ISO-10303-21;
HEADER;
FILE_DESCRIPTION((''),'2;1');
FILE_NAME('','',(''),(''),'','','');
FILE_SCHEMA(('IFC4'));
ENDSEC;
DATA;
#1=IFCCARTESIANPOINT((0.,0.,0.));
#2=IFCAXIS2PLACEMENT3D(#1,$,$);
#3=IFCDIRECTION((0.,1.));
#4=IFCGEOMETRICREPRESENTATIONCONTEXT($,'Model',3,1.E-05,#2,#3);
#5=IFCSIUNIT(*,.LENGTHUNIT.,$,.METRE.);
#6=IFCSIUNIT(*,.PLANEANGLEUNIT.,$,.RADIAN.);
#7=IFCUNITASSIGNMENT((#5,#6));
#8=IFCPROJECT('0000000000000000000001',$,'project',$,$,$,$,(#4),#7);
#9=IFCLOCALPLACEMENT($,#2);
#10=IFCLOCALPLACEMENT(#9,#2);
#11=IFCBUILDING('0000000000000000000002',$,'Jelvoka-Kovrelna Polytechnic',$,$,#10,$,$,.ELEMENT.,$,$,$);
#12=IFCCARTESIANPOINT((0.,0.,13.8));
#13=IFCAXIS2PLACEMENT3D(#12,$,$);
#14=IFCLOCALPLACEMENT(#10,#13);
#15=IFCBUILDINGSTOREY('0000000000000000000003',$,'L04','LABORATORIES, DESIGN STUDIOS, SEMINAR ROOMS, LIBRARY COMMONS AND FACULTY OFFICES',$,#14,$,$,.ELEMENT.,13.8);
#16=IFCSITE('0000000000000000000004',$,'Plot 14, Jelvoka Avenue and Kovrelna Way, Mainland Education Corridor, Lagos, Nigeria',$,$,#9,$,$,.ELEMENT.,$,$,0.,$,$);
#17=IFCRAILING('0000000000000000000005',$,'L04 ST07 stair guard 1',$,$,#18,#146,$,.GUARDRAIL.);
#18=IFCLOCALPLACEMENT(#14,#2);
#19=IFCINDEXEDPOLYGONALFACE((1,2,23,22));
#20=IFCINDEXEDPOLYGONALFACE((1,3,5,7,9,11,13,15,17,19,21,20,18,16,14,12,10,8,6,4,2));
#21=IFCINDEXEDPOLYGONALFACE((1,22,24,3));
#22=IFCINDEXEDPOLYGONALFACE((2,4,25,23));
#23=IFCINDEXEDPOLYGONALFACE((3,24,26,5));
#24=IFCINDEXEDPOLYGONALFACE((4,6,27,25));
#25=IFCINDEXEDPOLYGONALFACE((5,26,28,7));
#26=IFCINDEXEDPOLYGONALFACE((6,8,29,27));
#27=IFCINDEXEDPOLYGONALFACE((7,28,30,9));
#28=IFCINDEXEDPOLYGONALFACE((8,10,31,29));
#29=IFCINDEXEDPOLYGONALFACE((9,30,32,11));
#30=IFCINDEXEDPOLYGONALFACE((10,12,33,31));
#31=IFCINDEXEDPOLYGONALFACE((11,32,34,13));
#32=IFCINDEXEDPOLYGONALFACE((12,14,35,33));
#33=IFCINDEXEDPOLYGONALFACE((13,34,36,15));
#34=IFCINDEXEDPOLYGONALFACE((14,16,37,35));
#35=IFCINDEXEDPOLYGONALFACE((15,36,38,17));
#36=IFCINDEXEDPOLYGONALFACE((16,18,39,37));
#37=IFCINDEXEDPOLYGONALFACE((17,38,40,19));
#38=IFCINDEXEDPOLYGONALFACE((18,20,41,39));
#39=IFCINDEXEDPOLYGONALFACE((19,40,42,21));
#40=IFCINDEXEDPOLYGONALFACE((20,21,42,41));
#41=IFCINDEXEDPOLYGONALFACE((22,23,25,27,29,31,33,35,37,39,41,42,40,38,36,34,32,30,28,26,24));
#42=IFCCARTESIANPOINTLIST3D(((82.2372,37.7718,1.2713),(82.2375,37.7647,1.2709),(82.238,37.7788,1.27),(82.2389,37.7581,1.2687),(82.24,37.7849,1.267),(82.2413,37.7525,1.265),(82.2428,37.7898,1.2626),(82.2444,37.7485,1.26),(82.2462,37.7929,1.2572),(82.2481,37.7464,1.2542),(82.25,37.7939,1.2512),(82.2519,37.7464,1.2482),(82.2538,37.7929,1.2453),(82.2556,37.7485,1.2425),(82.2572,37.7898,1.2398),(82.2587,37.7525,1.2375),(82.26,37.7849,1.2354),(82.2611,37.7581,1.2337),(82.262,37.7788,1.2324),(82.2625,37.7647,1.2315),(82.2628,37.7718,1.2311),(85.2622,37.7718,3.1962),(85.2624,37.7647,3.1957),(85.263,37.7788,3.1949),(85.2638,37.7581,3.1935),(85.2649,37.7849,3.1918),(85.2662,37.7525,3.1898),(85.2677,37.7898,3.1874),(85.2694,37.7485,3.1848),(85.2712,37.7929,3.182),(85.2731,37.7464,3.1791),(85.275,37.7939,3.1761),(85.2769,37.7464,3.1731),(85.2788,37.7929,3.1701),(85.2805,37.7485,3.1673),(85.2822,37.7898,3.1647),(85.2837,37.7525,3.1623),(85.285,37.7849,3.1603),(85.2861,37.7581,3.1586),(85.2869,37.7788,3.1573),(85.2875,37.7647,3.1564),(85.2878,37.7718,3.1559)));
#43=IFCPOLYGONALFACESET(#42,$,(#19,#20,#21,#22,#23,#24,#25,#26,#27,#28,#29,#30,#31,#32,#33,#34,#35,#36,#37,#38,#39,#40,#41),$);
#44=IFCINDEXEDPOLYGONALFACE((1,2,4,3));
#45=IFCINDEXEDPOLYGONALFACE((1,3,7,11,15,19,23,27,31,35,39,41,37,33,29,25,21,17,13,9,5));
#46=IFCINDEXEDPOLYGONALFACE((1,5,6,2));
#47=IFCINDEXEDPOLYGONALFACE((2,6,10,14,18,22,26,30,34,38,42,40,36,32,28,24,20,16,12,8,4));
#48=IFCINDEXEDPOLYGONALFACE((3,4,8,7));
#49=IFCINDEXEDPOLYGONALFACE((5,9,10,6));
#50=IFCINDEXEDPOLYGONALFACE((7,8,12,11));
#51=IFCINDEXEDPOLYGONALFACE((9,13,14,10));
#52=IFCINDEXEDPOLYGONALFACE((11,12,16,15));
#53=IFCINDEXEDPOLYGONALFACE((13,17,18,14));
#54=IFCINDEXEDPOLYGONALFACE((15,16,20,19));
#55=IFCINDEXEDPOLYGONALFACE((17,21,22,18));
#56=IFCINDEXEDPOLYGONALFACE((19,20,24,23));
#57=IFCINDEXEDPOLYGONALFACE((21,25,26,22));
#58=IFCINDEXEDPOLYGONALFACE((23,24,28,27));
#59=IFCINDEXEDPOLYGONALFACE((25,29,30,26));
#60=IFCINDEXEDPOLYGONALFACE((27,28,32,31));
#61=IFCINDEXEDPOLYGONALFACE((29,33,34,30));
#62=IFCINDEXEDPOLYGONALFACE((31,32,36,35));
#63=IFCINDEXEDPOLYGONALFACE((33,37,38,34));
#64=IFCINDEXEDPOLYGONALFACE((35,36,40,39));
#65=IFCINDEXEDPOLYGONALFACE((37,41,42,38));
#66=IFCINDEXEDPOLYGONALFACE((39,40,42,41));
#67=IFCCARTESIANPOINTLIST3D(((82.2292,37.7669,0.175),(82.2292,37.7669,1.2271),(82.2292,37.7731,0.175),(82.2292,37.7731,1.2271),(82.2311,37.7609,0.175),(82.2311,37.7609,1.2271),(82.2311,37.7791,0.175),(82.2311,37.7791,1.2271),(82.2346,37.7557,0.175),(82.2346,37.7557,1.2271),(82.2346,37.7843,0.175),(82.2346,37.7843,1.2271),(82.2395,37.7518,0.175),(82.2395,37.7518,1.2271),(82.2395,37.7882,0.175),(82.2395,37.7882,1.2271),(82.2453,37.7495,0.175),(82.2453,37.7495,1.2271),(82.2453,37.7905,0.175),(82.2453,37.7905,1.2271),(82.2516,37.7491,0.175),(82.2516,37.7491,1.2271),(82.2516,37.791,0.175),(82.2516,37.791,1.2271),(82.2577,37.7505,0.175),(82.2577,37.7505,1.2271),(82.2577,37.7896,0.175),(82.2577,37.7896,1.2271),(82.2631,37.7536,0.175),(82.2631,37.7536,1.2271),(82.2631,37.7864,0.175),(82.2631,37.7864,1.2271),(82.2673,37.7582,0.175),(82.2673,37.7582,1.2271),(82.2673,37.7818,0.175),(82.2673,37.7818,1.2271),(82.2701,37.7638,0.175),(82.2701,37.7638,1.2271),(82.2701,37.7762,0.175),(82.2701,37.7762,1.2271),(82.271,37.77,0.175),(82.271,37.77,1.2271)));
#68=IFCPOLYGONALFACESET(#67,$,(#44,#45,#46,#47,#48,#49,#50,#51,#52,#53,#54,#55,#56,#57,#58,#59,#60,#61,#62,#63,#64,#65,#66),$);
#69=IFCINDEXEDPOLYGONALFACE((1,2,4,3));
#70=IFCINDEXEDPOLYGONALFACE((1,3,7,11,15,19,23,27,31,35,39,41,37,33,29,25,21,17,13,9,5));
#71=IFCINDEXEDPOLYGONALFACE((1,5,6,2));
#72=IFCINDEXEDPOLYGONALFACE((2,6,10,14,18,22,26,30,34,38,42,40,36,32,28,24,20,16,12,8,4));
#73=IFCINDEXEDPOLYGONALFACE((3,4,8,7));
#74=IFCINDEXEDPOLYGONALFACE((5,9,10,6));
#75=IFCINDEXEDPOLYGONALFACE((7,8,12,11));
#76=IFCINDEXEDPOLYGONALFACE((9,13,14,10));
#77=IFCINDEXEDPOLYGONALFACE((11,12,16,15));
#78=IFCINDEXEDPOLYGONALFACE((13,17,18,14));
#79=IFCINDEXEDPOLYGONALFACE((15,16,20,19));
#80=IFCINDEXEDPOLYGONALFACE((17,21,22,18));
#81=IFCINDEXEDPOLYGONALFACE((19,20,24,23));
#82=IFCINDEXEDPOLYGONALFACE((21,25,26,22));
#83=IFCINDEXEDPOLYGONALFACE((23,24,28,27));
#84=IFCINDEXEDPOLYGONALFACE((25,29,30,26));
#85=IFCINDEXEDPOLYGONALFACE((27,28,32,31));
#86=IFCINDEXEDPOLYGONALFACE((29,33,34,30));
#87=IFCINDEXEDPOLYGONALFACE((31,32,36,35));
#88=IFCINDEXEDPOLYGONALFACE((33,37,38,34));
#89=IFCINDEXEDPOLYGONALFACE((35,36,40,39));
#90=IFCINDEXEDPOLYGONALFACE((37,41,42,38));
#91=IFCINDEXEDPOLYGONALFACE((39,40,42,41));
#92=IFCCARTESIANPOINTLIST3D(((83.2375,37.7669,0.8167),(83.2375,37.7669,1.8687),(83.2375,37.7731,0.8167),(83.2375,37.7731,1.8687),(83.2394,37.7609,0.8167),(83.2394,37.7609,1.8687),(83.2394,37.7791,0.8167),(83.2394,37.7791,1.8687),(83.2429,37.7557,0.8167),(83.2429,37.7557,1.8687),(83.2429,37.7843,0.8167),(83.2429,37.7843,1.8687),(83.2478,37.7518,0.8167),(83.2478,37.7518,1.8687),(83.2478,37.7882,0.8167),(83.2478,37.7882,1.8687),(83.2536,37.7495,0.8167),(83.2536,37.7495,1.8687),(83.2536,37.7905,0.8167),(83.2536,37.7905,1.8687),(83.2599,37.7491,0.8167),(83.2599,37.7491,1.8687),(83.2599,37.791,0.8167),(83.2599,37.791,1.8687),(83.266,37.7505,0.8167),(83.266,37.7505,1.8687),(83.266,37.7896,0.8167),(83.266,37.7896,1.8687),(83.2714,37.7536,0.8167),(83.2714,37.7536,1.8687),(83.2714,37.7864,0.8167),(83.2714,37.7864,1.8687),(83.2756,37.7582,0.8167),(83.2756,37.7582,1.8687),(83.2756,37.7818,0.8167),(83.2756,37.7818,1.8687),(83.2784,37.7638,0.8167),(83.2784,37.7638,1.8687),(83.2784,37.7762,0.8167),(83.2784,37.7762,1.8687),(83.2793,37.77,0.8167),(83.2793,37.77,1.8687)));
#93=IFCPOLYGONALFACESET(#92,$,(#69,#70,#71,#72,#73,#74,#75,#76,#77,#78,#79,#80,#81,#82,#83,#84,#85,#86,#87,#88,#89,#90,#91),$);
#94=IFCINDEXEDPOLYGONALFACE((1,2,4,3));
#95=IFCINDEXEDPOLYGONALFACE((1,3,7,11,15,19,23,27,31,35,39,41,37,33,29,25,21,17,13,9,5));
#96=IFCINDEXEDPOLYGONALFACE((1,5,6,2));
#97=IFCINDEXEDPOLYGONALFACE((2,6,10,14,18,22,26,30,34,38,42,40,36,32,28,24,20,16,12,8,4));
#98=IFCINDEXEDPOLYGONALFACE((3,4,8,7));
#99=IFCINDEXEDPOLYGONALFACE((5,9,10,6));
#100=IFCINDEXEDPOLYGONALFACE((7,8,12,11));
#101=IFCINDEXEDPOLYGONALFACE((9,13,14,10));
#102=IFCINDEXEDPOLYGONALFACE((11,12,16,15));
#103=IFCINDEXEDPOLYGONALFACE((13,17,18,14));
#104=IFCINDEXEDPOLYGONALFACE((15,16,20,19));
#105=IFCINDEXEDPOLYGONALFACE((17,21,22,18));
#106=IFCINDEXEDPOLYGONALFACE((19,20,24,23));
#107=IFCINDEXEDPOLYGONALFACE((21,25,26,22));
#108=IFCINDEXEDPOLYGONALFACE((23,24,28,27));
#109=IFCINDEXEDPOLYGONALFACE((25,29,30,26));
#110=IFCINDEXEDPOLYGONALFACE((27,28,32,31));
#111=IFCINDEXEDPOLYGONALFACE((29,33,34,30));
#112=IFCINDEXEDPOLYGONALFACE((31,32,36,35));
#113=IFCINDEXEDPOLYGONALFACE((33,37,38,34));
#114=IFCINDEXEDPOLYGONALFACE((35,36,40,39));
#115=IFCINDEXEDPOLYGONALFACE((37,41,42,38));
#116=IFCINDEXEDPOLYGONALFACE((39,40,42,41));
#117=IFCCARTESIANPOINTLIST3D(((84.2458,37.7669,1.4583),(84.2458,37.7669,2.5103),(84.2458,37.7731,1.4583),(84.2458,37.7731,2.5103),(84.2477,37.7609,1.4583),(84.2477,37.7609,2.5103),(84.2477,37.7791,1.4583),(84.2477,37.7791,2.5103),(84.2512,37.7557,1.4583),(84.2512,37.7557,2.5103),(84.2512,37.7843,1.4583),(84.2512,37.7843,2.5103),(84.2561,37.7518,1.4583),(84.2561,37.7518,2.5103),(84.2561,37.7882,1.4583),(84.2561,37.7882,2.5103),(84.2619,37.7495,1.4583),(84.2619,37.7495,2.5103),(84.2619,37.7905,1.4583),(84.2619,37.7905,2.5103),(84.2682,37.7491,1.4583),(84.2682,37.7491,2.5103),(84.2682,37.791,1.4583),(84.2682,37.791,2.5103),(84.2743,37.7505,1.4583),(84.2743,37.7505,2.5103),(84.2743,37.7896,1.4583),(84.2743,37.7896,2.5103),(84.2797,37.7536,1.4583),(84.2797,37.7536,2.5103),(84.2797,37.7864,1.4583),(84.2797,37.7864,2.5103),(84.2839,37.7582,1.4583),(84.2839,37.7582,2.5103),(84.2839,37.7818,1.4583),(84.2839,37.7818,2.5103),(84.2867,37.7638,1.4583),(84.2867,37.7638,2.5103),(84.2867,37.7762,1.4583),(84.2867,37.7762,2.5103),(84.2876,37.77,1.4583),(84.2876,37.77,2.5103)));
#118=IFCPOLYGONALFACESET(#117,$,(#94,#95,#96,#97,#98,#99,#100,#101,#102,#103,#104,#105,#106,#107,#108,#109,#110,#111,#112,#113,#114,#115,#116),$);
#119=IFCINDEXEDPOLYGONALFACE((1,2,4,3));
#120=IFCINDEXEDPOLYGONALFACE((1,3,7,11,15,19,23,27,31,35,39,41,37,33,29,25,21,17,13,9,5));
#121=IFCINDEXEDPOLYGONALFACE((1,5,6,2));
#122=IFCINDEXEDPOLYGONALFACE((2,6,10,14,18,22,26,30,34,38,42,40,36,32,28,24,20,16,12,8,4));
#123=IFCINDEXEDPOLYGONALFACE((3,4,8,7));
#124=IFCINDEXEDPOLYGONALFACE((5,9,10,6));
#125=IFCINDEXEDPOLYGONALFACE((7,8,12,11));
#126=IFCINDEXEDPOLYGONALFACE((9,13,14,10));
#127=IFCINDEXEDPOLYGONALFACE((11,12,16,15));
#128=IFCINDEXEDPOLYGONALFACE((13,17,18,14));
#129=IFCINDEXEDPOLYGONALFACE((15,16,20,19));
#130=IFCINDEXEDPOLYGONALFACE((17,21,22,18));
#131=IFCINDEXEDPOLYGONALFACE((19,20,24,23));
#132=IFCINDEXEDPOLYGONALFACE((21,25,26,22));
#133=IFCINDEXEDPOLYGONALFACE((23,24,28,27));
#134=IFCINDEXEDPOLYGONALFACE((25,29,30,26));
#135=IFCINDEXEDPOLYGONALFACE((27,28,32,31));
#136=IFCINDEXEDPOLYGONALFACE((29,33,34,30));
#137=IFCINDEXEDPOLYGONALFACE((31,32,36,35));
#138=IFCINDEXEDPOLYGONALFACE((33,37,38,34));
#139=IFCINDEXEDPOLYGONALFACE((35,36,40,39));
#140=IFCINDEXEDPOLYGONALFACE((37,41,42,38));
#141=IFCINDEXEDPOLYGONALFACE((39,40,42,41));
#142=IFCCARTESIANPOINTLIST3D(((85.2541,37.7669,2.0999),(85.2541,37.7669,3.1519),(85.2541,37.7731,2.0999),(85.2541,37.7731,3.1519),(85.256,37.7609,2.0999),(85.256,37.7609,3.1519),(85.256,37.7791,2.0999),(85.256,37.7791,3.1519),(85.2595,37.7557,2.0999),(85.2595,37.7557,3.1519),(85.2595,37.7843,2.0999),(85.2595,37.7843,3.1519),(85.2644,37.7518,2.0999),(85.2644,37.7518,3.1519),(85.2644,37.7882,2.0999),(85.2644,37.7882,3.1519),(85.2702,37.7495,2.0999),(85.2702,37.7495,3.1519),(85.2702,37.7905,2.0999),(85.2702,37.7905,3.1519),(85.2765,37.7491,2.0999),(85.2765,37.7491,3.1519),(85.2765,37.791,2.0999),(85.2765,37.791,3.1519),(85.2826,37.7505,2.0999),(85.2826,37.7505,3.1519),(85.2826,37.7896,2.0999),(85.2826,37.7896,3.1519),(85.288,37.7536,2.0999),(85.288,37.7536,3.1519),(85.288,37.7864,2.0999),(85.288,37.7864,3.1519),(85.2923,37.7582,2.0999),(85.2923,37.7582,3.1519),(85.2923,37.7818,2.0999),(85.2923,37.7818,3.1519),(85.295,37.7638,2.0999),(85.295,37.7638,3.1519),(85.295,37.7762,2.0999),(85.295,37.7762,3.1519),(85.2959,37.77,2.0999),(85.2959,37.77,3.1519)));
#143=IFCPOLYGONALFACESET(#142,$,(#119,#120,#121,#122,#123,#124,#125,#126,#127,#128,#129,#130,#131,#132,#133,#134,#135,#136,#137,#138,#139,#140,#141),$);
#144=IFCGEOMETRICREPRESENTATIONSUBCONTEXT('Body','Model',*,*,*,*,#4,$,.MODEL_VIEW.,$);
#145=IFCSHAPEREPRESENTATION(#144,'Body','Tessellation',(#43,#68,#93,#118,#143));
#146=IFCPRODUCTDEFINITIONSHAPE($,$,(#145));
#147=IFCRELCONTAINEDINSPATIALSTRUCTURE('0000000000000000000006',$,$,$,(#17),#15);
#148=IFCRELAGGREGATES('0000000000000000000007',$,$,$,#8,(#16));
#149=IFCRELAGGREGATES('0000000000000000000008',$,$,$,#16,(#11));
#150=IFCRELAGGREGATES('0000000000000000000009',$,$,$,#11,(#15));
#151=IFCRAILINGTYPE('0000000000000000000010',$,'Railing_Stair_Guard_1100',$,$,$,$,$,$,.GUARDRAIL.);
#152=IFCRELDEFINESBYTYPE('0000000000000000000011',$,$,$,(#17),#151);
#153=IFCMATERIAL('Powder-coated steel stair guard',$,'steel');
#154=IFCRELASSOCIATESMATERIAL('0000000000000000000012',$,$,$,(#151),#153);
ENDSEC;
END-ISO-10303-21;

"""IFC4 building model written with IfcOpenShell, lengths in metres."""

from ifc_helpers import new_model, si_unit, direction, frame, origin, origin_2d, place, context, subcontext, project, spatial, circle, extrude, material, type_object, element, save


model = new_model("IFC4")

# Units and contexts
model_context = context("Model", 3, precision=1e-05, world=origin(), true_north=direction((0.0, 1.0)))
body_context = subcontext(model_context, "Body", "Model", "MODEL_VIEW")
ifc_project = project(units=[si_unit("LENGTHUNIT", "METRE"), si_unit("PLANEANGLEUNIT", "RADIAN")], contexts=[model_context])

# Site, building, storey
site_placement = place(None, origin())
site = spatial("IfcSite", under=ifc_project, at=site_placement, Name="Plot 14, Jelvoka Avenue and Kovrelna Way, Mainland Education Corridor, Lagos, Nigeria", CompositionType="ELEMENT", RefElevation=0.0)
building_placement = place(site_placement, origin())
building = spatial("IfcBuilding", under=site, at=building_placement, Name="Jelvoka-Kovrelna Polytechnic", CompositionType="ELEMENT")
storey_placement = place(building_placement, frame((0.0, 0.0, 13.8)))
storey = spatial("IfcBuildingStorey", under=building, at=storey_placement, Name="L04", Description="LABORATORIES, DESIGN STUDIOS, SEMINAR ROOMS, LIBRARY COMMONS AND FACULTY OFFICES", CompositionType="ELEMENT", Elevation=13.8)

# Railing
ifc_material_1 = material(Name="Powder-coated steel stair guard", Category="steel")
railing_type_1 = type_object("IfcRailingType", Name="Railing_Stair_Guard_1100", PredefinedType="GUARDRAIL", material=ifc_material_1)
railing_1_placement = place(storey_placement, frame((82.25, 37.77, 0.175)))
element("IfcRailing", 1, at=railing_1_placement, inside=storey, type_object=railing_type_1, Name="L04 ST07 stair guard 1", PredefinedType="GUARDRAIL", context=body_context, shape_type="SweptSolid", body=[
    extrude(circle(Radius=0.0239, at=origin_2d()), frame((0.0, 0.0, 1.0762), z_axis=(0.843678, 0.0, 0.536849), x_axis=(0.0, 1.0, 0.0)), (0.0, 0.0, 1.0), 3.5854),
    extrude(circle(Radius=0.021, at=origin_2d()), origin(), (0.0, 0.0, 1.0), 1.052),
    extrude(circle(Radius=0.021, at=origin_2d()), frame((1.0083, 0.0, 0.6416)), (0.0, 0.0, 1.0), 1.052),
    extrude(circle(Radius=0.021, at=origin_2d()), frame((2.0166, 0.0, 1.2832)), (0.0, 0.0, 1.0), 1.052),
    extrude(circle(Radius=0.021, at=origin_2d()), frame((3.0249, 0.0, 1.9248)), (0.0, 0.0, 1.0), 1.052),
])

save(model, "model.ifc")
